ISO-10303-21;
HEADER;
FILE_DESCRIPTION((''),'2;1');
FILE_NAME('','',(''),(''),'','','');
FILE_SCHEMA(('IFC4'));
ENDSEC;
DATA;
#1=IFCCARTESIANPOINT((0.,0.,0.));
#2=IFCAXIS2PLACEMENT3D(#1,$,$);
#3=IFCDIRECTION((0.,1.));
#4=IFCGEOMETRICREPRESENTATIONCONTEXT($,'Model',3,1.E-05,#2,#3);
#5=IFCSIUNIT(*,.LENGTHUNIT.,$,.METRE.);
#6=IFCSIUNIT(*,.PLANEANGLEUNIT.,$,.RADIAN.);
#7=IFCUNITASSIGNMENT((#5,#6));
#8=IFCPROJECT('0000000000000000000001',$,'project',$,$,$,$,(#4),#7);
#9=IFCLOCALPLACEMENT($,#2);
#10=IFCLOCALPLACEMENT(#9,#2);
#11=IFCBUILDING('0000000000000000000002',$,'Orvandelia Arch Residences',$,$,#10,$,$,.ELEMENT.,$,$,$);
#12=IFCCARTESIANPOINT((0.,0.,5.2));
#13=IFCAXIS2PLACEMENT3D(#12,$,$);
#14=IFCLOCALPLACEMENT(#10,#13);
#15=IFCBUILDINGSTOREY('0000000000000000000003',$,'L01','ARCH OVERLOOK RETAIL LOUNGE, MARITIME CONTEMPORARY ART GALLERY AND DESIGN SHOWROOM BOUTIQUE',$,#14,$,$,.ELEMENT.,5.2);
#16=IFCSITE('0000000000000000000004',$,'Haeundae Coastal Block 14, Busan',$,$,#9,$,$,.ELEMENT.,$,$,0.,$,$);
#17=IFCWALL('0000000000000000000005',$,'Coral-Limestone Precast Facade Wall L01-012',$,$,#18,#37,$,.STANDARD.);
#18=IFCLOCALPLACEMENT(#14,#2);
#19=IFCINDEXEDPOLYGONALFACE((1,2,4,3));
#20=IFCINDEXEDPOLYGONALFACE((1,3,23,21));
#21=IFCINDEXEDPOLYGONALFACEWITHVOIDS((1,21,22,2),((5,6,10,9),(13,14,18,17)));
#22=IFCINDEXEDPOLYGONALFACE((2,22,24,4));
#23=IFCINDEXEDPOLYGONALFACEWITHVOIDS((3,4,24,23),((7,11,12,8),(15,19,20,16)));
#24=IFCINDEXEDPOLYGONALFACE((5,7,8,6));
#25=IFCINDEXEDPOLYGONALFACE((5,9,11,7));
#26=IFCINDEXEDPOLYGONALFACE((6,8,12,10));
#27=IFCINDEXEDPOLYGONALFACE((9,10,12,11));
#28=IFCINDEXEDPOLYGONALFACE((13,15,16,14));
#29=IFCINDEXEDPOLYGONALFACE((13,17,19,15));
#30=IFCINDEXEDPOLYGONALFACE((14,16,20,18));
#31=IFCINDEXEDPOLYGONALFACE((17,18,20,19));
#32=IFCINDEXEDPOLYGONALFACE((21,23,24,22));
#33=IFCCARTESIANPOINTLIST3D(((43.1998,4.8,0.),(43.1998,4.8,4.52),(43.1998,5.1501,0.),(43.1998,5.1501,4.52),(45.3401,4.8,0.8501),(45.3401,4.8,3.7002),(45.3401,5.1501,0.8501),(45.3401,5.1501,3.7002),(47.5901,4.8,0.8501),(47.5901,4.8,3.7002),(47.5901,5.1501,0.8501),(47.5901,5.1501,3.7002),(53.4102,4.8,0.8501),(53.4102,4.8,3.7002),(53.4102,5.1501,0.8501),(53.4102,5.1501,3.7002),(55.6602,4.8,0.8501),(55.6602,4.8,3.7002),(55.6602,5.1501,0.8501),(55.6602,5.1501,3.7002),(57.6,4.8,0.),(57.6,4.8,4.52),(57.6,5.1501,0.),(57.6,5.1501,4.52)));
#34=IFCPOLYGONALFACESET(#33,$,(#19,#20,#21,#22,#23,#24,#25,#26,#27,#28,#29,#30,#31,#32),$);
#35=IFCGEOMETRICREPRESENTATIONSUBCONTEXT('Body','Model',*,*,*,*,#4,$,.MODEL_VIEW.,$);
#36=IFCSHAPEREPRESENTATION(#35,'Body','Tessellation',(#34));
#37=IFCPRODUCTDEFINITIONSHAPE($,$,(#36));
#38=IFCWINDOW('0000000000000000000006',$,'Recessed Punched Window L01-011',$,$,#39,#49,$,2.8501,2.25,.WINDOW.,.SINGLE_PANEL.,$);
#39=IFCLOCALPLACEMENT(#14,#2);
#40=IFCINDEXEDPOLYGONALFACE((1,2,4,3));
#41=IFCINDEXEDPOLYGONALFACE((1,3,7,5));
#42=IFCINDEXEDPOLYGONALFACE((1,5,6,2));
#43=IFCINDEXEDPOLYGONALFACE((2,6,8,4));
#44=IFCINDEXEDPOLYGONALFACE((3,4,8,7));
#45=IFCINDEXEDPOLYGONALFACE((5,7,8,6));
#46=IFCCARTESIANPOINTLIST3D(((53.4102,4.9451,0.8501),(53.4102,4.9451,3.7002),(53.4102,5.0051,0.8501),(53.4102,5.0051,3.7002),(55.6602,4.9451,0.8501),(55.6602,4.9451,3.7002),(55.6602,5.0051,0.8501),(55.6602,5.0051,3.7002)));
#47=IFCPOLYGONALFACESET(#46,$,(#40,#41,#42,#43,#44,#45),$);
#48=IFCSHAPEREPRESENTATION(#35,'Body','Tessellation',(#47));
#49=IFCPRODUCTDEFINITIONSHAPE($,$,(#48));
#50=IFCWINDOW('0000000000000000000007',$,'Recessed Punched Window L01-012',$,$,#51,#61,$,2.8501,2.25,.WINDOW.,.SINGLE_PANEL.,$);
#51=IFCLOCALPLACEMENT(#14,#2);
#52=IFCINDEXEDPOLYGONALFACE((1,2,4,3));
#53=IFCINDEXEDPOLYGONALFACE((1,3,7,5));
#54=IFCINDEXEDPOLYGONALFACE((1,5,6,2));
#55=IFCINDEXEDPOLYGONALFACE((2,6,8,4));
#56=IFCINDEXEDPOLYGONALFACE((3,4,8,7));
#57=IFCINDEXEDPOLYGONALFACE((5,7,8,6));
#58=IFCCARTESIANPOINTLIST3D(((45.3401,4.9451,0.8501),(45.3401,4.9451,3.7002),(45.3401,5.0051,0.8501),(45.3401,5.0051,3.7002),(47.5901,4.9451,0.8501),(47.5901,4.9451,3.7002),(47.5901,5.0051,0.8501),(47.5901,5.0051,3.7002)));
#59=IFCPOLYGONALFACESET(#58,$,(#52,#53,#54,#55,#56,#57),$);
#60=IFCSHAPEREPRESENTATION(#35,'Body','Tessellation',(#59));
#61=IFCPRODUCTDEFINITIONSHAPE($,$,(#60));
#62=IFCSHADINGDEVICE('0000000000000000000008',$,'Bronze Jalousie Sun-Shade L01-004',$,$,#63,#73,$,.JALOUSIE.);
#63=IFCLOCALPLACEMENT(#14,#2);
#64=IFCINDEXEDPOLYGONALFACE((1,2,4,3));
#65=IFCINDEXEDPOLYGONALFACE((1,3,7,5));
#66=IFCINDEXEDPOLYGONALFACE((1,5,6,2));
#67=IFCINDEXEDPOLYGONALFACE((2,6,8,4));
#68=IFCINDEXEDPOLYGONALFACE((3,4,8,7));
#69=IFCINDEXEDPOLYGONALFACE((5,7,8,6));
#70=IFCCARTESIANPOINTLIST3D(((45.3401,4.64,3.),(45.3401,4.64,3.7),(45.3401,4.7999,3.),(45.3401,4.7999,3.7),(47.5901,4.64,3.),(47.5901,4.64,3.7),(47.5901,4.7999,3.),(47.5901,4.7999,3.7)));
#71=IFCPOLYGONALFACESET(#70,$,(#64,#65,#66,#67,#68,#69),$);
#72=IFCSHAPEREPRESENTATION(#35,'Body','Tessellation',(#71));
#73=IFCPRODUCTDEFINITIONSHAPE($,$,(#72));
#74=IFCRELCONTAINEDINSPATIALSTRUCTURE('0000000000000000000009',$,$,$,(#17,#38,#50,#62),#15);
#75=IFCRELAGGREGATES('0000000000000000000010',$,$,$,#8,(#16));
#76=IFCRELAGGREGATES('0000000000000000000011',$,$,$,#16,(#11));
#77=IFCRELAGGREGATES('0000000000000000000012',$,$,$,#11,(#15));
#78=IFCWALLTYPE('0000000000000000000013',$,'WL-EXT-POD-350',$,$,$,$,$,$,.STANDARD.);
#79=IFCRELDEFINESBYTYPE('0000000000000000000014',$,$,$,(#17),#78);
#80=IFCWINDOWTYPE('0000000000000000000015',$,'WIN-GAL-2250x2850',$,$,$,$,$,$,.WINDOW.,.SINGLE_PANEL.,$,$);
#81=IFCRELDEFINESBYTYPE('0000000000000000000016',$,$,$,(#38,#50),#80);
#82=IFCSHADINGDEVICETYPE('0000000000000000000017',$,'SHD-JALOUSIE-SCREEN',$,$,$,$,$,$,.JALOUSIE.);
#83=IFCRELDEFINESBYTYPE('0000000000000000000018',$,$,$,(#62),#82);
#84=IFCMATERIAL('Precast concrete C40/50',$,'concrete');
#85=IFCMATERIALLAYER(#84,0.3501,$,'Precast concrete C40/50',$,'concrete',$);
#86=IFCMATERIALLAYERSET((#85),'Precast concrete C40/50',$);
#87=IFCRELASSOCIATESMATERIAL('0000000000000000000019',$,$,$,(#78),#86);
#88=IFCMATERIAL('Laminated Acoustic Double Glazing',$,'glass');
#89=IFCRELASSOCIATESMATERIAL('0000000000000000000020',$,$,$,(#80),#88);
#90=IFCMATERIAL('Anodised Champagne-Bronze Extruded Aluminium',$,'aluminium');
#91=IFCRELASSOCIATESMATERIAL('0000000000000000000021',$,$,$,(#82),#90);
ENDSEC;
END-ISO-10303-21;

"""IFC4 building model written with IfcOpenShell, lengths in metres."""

from ifc_helpers import new_model, si_unit, direction, frame, frame_2d, origin, origin_2d, place, context, subcontext, project, spatial, rectangle, extrude, material, layer, layer_set, type_object, element, fill, save


model = new_model("IFC4")

# Units and contexts
model_context = context("Model", 3, precision=1e-05, world=origin(), true_north=direction((0.0, 1.0)))
body_context = subcontext(model_context, "Body", "Model", "MODEL_VIEW")
ifc_project = project(units=[si_unit("LENGTHUNIT", "METRE"), si_unit("PLANEANGLEUNIT", "RADIAN")], contexts=[model_context])

# Site, building, storey
site_placement = place(None, origin())
site = spatial("IfcSite", under=ifc_project, at=site_placement, Name="Haeundae Coastal Block 14, Busan", CompositionType="ELEMENT", RefElevation=0.0)
building_placement = place(site_placement, origin())
building = spatial("IfcBuilding", under=site, at=building_placement, Name="Orvandelia Arch Residences", CompositionType="ELEMENT")
storey_placement = place(building_placement, frame((0.0, 0.0, 5.2)))
storey = spatial("IfcBuildingStorey", under=building, at=storey_placement, Name="L01", Description="ARCH OVERLOOK RETAIL LOUNGE, MARITIME CONTEMPORARY ART GALLERY AND DESIGN SHOWROOM BOUTIQUE", CompositionType="ELEMENT", Elevation=5.2)

# Wall, openings, windows
ifc_material_1 = material(Name="Precast concrete C40/50", Category="concrete")
ifc_layer_1 = layer(ifc_material_1, 0.3501, Name="Precast concrete C40/50", Category="concrete")
ifc_layer_set_1 = layer_set([ifc_layer_1], Name="Precast concrete C40/50")
wall_type_1 = type_object("IfcWallType", Name="WL-EXT-POD-350", PredefinedType="STANDARD", material=ifc_layer_set_1)
wall_1_placement = place(storey_placement, frame((57.6001, 4.9751, 0.0), z_axis=(0.0, 0.0, 1.0), x_axis=(-1.0, 0.0, 0.0)))
wall_1 = element("IfcWall", 1, at=wall_1_placement, inside=storey, type_object=wall_type_1, Name="Coral-Limestone Precast Facade Wall L01-012", PredefinedType="STANDARD", context=body_context, shape_type="SweptSolid", body=[
    extrude(rectangle(XDim=14.4001, YDim=0.3501, at=frame_2d((7.2002, 0.0))), origin(), (0.0, 0.0, 1.0), 4.52),
])
opening_1_placement = place(wall_1_placement, frame((1.9399, 0.0, 0.8501)))
opening_1 = element("IfcOpeningElement", 2, at=opening_1_placement, cuts=wall_1, PredefinedType="OPENING", context=body_context, shape_type="SweptSolid", body=[
    extrude(rectangle(XDim=2.25, YDim=2.8501, at=frame_2d((1.125, 1.425))), frame((0.0, 0.1851, 0.0), z_axis=(0.0, -1.0, 0.0), x_axis=(1.0, 0.0, 0.0)), (0.0, 0.0, 1.0), 0.3701),
])
opening_2_placement = place(wall_1_placement, frame((10.01, 0.0, 0.8501)))
opening_2 = element("IfcOpeningElement", 3, at=opening_2_placement, cuts=wall_1, PredefinedType="OPENING", context=body_context, shape_type="SweptSolid", body=[
    extrude(rectangle(XDim=2.25, YDim=2.8501, at=frame_2d((1.125, 1.425))), frame((0.0, 0.1851, 0.0), z_axis=(0.0, -1.0, 0.0), x_axis=(1.0, 0.0, 0.0)), (0.0, 0.0, 1.0), 0.3701),
])
ifc_material_2 = material(Name="Laminated Acoustic Double Glazing", Category="glass")
window_type = type_object("IfcWindowType", Name="WIN-GAL-2250x2850", PartitioningType="SINGLE_PANEL", PredefinedType="WINDOW", material=ifc_material_2)
window_1_placement = place(opening_1_placement, origin())
window_1 = element("IfcWindow", 4, at=window_1_placement, inside=storey, type_object=window_type, Name="Recessed Punched Window L01-011", OverallHeight=2.8501, OverallWidth=2.25, PartitioningType="SINGLE_PANEL", PredefinedType="WINDOW", context=body_context, shape_type="SweptSolid", body=[
    extrude(rectangle(XDim=2.25, YDim=2.8501, at=frame_2d((1.125, 1.425))), frame((0.0, 0.03, 0.0), z_axis=(0.0, -1.0, 0.0), x_axis=(1.0, 0.0, 0.0)), (0.0, 0.0, 1.0), 0.0601),
])
fill(opening_1, window_1)
window_2_placement = place(opening_2_placement, origin())
window_2 = element("IfcWindow", 5, at=window_2_placement, inside=storey, type_object=window_type, Name="Recessed Punched Window L01-012", OverallHeight=2.8501, OverallWidth=2.25, PartitioningType="SINGLE_PANEL", PredefinedType="WINDOW", context=body_context, shape_type="SweptSolid", body=[
    extrude(rectangle(XDim=2.25, YDim=2.8501, at=frame_2d((1.125, 1.425))), frame((0.0, 0.03, 0.0), z_axis=(0.0, -1.0, 0.0), x_axis=(1.0, 0.0, 0.0)), (0.0, 0.0, 1.0), 0.0601),
])
fill(opening_2, window_2)

# Shading device
ifc_material_3 = material(Name="Anodised Champagne-Bronze Extruded Aluminium", Category="aluminium")
shading_device_type = type_object("IfcShadingDeviceType", Name="SHD-JALOUSIE-SCREEN", PredefinedType="JALOUSIE", material=ifc_material_3)
shading_device_placement = place(storey_placement, frame((46.4651, 4.72, 3.0), z_axis=(0.0, 0.0, 1.0), x_axis=(-1.0, 0.0, 0.0)))
element("IfcShadingDevice", 6, at=shading_device_placement, inside=storey, type_object=shading_device_type, Name="Bronze Jalousie Sun-Shade L01-004", PredefinedType="JALOUSIE", context=body_context, shape_type="SweptSolid", body=[
    extrude(rectangle(XDim=2.25, YDim=0.1599, at=origin_2d()), origin(), (0.0, 0.0, 1.0), 0.7),
])

save(model, "model.ifc")
